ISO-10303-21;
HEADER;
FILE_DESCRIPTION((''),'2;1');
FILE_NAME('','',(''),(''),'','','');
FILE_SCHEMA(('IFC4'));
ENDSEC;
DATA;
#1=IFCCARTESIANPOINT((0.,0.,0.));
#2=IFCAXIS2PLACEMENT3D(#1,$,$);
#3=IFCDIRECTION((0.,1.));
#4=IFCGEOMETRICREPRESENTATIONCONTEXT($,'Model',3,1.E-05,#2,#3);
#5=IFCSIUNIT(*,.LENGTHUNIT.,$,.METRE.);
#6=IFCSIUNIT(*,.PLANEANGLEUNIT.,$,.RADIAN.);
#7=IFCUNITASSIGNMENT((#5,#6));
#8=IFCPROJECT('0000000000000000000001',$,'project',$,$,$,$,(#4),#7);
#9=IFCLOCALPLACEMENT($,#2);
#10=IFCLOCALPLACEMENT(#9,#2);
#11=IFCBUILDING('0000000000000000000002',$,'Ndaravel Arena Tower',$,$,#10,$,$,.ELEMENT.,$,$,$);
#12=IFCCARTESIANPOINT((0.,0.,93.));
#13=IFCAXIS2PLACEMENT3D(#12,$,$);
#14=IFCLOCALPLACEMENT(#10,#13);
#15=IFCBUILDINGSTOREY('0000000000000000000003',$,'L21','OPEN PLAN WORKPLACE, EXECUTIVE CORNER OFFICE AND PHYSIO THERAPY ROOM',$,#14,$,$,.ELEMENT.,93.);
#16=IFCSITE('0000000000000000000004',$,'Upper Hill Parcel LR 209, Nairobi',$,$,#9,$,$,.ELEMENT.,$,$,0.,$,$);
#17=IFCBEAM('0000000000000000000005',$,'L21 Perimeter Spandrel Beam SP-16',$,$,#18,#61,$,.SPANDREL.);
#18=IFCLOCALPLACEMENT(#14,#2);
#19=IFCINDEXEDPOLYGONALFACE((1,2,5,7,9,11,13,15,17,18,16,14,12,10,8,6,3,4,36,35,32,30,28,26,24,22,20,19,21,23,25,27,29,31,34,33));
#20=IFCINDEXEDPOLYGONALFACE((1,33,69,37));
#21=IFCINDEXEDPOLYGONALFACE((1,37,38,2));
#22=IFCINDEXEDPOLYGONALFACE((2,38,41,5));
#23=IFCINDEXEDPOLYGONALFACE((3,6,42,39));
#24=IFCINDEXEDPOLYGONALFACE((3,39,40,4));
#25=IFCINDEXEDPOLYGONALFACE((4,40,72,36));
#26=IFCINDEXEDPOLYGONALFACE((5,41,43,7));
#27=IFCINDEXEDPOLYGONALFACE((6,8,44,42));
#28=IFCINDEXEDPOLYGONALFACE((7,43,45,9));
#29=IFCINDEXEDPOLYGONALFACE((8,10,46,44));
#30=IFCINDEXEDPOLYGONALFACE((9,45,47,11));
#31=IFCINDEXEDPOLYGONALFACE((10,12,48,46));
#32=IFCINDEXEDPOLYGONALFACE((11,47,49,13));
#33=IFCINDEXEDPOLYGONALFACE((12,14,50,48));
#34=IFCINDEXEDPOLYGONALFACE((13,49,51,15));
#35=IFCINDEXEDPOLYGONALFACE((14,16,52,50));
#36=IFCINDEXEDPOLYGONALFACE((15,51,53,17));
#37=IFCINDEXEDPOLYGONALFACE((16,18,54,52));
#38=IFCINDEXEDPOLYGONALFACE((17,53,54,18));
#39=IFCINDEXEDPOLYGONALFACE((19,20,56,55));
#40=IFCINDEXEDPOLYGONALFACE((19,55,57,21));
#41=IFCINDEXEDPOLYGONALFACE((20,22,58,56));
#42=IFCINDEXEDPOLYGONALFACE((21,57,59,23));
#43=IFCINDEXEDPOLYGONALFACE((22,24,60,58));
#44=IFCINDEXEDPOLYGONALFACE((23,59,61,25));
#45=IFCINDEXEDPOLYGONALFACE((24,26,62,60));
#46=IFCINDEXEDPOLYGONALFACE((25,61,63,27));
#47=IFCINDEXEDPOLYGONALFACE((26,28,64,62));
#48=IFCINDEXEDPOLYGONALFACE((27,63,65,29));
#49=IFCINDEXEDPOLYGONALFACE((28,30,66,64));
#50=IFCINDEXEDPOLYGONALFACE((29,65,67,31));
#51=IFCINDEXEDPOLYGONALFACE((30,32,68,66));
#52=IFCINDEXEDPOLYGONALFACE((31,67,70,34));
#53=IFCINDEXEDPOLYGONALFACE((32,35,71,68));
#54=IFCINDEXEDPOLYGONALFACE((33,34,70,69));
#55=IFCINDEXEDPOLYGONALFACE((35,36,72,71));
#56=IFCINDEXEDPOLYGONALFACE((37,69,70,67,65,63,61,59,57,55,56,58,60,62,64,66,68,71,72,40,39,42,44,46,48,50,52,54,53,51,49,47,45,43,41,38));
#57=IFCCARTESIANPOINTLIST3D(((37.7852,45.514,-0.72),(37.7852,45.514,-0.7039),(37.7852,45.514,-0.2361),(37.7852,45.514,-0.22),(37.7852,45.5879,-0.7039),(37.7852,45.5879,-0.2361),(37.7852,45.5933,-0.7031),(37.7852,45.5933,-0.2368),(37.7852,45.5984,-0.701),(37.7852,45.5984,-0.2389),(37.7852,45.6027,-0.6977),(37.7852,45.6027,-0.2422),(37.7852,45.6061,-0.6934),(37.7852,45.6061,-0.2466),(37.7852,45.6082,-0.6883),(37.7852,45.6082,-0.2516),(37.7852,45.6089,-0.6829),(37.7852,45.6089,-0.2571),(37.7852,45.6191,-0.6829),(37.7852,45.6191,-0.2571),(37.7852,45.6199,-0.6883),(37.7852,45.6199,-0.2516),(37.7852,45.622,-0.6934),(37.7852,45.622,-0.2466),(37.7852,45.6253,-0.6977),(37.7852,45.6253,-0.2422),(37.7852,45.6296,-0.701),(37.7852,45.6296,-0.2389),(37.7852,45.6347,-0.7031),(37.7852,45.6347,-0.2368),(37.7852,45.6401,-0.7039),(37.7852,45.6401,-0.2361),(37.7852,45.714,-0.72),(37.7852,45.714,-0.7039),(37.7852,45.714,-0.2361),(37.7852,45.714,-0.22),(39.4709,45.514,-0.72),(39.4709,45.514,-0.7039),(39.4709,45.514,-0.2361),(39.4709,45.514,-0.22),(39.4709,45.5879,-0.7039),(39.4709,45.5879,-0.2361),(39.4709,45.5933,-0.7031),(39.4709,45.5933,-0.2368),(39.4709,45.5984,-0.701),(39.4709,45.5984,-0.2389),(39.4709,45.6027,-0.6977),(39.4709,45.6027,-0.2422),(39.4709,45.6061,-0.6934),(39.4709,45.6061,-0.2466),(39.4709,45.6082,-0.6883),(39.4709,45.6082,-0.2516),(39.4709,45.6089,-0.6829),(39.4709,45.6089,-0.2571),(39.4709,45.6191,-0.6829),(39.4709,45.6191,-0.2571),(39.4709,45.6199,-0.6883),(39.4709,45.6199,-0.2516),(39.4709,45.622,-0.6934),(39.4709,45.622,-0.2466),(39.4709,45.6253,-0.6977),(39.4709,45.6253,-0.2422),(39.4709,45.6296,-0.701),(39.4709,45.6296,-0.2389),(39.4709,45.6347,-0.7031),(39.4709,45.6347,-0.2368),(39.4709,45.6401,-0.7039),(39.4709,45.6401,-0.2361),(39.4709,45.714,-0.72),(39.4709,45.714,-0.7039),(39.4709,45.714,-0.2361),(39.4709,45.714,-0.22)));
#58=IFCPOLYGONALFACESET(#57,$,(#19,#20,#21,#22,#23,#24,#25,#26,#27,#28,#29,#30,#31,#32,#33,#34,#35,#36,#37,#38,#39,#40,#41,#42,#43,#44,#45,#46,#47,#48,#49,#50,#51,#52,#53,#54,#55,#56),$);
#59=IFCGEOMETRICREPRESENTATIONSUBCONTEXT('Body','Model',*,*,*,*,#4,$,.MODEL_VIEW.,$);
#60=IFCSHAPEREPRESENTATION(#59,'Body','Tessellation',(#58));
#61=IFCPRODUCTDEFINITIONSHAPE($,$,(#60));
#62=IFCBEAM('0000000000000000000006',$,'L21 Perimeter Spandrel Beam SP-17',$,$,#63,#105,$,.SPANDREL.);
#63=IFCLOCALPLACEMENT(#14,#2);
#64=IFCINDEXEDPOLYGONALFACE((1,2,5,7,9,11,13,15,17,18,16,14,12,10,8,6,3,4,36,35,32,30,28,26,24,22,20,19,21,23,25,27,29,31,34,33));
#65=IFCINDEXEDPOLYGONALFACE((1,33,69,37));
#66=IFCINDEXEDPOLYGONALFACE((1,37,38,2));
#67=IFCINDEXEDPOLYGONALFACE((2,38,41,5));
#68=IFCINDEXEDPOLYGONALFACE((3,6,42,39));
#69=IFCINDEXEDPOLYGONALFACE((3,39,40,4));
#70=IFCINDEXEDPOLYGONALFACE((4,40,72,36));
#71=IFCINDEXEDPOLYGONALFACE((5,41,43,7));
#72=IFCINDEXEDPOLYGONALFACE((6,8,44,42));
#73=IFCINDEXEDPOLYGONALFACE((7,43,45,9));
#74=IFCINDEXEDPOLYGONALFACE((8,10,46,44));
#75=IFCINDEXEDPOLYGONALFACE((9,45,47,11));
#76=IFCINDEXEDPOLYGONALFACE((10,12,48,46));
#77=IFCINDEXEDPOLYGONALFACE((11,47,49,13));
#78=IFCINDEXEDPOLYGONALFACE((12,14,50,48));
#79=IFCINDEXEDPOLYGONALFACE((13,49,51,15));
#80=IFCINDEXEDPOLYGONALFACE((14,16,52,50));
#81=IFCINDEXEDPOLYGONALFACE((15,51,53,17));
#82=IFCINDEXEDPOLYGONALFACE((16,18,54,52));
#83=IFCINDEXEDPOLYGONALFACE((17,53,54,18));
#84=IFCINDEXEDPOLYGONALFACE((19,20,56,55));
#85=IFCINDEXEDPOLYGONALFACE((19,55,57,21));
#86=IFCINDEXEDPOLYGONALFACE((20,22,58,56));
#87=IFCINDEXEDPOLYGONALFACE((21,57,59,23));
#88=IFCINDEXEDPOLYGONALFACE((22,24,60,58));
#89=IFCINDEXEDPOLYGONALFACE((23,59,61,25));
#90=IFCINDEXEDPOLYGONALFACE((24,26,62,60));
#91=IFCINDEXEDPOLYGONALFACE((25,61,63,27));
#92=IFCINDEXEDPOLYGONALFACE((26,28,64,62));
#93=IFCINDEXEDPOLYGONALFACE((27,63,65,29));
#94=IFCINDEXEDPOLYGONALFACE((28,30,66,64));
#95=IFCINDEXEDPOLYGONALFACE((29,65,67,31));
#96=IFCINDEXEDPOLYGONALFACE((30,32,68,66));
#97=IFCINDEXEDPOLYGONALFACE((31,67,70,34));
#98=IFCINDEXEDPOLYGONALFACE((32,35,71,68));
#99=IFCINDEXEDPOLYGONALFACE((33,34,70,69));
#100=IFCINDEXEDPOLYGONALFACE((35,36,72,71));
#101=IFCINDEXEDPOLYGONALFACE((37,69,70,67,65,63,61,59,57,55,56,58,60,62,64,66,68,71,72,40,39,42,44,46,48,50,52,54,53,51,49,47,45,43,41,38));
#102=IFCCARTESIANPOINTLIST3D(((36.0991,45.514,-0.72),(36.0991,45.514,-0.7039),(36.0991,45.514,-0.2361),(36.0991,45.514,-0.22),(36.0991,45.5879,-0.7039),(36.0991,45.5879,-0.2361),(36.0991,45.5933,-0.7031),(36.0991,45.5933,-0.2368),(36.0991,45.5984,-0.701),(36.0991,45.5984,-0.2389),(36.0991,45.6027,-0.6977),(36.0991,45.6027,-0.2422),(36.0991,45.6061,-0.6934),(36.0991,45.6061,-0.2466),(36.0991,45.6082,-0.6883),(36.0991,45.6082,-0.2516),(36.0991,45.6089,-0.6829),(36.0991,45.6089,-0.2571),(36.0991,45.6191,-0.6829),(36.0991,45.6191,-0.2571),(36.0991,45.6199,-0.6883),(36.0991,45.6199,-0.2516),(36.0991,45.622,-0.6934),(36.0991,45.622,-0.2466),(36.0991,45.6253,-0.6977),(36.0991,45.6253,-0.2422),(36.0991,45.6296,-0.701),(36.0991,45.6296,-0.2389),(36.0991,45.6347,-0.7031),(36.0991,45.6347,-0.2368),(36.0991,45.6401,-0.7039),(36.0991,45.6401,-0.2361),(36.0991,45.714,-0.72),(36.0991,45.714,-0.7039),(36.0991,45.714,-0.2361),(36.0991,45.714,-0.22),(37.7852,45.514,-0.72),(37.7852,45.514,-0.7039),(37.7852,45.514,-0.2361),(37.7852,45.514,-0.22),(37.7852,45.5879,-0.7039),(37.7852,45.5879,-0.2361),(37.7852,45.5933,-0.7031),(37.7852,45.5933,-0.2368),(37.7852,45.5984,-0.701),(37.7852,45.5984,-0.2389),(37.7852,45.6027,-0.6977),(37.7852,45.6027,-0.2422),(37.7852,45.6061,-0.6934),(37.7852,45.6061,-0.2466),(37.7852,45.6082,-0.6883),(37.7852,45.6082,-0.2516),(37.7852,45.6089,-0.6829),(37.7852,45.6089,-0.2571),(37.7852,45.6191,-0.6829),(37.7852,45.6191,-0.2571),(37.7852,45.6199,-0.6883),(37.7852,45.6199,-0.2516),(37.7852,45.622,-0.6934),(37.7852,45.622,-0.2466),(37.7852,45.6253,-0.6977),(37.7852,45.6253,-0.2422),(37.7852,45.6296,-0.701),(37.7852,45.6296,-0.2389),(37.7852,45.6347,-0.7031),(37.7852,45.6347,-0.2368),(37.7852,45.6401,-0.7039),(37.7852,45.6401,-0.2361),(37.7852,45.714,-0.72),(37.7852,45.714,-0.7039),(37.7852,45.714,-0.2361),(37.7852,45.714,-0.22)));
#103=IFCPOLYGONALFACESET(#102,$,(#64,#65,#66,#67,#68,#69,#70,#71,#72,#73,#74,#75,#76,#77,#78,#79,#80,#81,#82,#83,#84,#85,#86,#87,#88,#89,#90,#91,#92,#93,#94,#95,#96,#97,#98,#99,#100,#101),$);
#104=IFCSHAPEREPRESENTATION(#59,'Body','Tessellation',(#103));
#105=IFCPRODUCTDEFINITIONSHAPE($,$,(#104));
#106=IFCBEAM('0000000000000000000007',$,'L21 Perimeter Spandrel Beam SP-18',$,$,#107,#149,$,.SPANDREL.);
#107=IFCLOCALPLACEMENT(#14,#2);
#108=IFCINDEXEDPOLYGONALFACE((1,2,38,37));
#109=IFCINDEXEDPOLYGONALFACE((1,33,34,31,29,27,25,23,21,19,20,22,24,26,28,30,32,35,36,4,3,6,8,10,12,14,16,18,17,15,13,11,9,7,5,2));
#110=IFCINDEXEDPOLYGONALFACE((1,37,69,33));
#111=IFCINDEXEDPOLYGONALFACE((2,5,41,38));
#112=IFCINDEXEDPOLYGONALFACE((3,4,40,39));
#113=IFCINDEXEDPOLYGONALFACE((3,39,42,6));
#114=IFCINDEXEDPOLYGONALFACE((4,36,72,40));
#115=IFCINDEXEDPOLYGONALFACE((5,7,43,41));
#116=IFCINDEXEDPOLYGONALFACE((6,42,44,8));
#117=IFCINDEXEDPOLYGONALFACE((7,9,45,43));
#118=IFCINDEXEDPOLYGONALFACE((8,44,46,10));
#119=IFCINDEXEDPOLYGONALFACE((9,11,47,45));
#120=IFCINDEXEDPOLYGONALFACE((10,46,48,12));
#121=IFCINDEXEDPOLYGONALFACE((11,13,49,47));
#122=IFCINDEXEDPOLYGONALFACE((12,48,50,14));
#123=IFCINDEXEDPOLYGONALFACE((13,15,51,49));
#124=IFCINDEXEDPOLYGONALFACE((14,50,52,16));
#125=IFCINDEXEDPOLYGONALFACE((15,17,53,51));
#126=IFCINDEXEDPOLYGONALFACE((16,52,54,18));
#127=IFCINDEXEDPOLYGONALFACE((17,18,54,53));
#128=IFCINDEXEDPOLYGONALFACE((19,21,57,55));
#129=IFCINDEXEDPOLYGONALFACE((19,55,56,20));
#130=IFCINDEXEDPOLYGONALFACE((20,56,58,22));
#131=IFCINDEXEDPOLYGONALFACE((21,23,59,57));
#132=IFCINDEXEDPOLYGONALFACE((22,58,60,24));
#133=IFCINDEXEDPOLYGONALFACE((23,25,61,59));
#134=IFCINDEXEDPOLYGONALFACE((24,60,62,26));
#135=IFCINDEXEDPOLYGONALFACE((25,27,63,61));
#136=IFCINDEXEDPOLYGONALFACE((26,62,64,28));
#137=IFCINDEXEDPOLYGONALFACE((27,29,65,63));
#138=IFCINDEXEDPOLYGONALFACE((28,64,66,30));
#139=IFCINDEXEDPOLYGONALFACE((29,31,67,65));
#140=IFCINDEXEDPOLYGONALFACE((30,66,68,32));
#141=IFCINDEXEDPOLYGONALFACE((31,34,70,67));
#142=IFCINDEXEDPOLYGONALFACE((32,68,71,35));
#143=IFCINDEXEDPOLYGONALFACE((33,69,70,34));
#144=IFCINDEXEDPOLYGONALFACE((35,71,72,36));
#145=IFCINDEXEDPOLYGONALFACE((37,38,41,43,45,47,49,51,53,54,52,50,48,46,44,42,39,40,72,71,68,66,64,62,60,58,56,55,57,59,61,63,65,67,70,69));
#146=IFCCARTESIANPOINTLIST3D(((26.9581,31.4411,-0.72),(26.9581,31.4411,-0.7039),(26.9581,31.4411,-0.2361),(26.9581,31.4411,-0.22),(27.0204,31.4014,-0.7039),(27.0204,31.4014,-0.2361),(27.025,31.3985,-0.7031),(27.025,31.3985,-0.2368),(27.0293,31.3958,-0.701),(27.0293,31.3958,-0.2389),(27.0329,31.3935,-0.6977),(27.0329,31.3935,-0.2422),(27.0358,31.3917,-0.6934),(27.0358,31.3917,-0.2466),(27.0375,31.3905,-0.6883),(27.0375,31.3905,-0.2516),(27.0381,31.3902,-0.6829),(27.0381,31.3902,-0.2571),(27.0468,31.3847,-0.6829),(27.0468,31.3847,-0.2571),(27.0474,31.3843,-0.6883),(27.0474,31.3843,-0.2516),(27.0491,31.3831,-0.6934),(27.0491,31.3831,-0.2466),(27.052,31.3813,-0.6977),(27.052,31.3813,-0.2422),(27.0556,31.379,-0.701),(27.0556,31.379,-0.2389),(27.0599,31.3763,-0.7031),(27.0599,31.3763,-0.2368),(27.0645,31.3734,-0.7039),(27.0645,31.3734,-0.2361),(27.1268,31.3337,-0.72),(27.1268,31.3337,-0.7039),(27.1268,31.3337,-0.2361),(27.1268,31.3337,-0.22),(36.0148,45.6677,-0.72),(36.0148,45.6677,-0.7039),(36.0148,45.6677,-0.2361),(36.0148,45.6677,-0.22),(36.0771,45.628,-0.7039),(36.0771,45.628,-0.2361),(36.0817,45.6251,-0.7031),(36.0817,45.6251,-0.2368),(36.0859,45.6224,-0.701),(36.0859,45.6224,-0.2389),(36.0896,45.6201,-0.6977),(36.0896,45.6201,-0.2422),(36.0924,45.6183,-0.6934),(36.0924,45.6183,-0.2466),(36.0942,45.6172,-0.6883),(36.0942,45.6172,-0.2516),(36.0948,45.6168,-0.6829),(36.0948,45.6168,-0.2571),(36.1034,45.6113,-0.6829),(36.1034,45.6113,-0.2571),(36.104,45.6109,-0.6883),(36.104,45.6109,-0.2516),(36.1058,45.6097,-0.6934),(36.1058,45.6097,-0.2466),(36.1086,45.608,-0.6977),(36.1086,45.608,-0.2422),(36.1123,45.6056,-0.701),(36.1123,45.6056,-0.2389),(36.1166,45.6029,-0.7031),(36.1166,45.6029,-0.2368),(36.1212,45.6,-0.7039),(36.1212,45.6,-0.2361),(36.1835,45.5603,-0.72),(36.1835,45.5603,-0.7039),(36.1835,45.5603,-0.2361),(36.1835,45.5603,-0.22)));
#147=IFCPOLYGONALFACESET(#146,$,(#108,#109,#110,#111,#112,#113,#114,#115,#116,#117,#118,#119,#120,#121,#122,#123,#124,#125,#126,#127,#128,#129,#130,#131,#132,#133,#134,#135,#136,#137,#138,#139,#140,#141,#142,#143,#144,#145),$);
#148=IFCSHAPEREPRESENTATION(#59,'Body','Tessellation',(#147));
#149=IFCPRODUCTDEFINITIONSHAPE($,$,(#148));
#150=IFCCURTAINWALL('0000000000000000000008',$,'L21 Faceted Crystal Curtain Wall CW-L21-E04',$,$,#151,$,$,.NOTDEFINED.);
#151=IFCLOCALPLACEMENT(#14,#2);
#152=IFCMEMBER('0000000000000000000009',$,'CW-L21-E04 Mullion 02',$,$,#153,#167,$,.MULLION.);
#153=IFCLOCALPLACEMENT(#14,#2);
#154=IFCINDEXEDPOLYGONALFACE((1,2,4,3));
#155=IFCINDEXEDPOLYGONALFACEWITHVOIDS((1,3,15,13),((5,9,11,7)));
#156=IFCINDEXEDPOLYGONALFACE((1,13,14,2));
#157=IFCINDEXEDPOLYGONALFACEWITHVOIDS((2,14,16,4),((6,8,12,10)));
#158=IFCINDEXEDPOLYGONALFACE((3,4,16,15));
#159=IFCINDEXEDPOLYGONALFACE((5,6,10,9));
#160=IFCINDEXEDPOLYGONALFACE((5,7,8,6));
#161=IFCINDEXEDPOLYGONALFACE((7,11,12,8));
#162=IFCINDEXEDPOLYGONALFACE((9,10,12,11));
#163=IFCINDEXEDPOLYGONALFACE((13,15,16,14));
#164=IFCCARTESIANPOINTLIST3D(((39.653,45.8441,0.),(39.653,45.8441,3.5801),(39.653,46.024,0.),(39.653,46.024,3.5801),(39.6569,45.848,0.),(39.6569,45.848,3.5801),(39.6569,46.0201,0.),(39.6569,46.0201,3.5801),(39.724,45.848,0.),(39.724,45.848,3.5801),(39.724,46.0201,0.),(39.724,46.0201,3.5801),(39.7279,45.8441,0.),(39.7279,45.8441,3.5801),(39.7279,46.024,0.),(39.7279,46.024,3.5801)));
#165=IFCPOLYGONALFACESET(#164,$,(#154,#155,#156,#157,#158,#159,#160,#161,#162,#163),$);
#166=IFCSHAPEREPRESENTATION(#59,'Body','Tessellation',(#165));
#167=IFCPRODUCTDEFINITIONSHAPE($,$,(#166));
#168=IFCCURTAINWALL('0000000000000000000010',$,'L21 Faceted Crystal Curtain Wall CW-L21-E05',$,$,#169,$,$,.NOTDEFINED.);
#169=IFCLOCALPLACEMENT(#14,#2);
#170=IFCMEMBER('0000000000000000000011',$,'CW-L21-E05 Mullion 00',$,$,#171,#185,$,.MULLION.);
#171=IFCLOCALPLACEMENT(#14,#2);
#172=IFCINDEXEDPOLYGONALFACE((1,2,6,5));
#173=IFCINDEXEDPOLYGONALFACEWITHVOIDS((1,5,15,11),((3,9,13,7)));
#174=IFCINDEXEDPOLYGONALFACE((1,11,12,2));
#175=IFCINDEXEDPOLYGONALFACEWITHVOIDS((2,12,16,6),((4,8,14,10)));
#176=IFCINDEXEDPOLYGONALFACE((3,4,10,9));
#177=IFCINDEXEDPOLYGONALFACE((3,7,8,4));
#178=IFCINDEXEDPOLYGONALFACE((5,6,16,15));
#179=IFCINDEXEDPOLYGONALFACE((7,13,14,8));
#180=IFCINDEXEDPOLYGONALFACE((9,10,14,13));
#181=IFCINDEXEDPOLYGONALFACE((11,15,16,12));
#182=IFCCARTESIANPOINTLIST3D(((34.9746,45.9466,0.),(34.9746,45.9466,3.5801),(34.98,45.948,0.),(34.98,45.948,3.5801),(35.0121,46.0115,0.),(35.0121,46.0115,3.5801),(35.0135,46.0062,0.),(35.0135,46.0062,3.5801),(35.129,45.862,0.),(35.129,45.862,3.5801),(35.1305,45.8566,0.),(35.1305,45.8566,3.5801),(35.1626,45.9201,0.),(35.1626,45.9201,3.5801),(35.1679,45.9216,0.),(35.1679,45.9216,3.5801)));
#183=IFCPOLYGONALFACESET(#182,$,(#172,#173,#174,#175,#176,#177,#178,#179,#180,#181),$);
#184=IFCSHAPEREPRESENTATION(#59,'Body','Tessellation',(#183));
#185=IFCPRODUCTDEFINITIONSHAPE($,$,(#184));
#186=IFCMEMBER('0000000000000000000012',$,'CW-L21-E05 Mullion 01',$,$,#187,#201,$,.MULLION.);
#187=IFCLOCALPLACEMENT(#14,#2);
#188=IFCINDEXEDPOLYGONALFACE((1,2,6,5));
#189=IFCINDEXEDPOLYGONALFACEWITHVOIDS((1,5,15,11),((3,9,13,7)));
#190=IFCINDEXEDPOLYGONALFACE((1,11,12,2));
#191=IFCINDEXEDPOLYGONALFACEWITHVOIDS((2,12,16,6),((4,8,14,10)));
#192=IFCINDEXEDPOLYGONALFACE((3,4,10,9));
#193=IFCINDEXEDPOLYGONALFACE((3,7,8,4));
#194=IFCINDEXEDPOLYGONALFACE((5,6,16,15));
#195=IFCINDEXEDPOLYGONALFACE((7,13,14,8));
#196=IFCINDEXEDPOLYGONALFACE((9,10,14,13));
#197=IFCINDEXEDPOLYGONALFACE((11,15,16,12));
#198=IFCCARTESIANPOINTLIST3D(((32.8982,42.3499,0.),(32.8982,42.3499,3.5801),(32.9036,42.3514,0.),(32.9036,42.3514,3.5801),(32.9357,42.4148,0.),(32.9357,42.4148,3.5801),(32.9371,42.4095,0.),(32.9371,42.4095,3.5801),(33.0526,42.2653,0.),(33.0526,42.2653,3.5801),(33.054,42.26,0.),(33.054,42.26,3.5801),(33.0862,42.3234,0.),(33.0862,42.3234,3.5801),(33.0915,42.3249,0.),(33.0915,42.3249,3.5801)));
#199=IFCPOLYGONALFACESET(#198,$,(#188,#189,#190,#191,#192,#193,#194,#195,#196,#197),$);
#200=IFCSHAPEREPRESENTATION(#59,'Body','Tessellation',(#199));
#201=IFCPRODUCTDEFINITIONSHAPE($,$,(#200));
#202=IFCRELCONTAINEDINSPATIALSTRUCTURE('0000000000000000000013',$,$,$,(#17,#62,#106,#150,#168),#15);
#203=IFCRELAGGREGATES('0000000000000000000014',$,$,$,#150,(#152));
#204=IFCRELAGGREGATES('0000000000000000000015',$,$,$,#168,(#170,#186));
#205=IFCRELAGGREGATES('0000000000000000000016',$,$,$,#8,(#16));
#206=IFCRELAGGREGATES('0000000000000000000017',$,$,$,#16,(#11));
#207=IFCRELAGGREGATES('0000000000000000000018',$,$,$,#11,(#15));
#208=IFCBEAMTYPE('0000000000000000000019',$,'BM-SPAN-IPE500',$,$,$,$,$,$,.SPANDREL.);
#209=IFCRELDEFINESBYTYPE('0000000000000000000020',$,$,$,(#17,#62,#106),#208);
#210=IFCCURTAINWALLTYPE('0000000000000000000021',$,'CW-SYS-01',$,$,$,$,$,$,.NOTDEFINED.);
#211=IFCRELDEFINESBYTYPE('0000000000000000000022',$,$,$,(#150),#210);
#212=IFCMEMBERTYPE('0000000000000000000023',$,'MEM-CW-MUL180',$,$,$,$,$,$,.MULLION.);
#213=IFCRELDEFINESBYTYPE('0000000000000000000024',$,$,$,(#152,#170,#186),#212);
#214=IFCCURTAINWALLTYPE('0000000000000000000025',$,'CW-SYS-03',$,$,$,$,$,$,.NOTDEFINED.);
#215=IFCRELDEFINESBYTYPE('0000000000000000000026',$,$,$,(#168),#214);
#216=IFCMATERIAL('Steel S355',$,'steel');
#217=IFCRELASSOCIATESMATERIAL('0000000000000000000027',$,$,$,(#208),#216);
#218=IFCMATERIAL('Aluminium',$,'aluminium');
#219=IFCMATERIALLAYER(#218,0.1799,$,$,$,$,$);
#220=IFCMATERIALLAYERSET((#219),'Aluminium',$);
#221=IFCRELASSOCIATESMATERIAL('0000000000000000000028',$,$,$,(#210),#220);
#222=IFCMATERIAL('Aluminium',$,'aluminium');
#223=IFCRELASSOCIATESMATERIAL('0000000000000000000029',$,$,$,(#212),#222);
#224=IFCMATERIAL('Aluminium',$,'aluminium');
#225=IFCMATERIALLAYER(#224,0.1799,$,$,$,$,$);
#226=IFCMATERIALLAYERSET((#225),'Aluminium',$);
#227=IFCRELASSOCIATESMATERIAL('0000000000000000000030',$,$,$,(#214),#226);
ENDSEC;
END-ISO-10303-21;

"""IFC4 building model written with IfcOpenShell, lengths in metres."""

from ifc_helpers import new_model, si_unit, direction, frame, origin, origin_2d, place, context, subcontext, project, spatial, hollow_rectangle, i_section, extrude, material, layer, layer_set, material_profile, profile_set, type_object, element, aggregate, save


model = new_model("IFC4")

# Units and contexts
model_context = context("Model", 3, precision=1e-05, world=origin(), true_north=direction((0.0, 1.0)))
body_context = subcontext(model_context, "Body", "Model", "MODEL_VIEW")
ifc_project = project(units=[si_unit("LENGTHUNIT", "METRE"), si_unit("PLANEANGLEUNIT", "RADIAN")], contexts=[model_context])

# Site, building, storey
site_placement = place(None, origin())
site = spatial("IfcSite", under=ifc_project, at=site_placement, Name="Upper Hill Parcel LR 209, Nairobi", CompositionType="ELEMENT", RefElevation=0.0)
building_placement = place(site_placement, origin())
building = spatial("IfcBuilding", under=site, at=building_placement, Name="Ndaravel Arena Tower", CompositionType="ELEMENT")
storey_placement = place(building_placement, frame((0.0, 0.0, 93.0)))
storey = spatial("IfcBuildingStorey", under=building, at=storey_placement, Name="L21", Description="OPEN PLAN WORKPLACE, EXECUTIVE CORNER OFFICE AND PHYSIO THERAPY ROOM", CompositionType="ELEMENT", Elevation=93.0)

# Beams
ifc_material_1 = material(Name="Steel S355", Category="steel")
ifc_material_profile_1 = material_profile(ifc_material_1, i_section(OverallWidth=0.2, OverallDepth=0.5, WebThickness=0.0103, FlangeThickness=0.0161, FilletRadius=0.021, at=origin_2d()), Name="IPE 500")
ifc_profile_set_1 = profile_set([ifc_material_profile_1], Name="Steel S355")
beam_type_1 = type_object("IfcBeamType", Name="BM-SPAN-IPE500", PredefinedType="SPANDREL", material=ifc_profile_set_1)
beam_1_placement = place(storey_placement, frame((39.4709, 45.614, -0.47), z_axis=(-1.0, 0.0, 0.0), x_axis=(0.0, -1.0, 0.0)))
element("IfcBeam", 1, at=beam_1_placement, inside=storey, type_object=beam_type_1, Name="L21 Perimeter Spandrel Beam SP-16", PredefinedType="SPANDREL", context=body_context, shape_type="SweptSolid", body=[
    extrude(i_section(OverallWidth=0.2, OverallDepth=0.5, WebThickness=0.0103, FlangeThickness=0.0161, FilletRadius=0.021, at=origin_2d()), origin(), (0.0, 0.0, 1.0), 1.6858),
])
beam_2_placement = place(storey_placement, frame((37.7852, 45.614, -0.47), z_axis=(-1.0, 0.0, 0.0), x_axis=(0.0, -1.0, 0.0)))
element("IfcBeam", 2, at=beam_2_placement, inside=storey, type_object=beam_type_1, Name="L21 Perimeter Spandrel Beam SP-17", PredefinedType="SPANDREL", context=body_context, shape_type="SweptSolid", body=[
    extrude(i_section(OverallWidth=0.2, OverallDepth=0.5, WebThickness=0.0103, FlangeThickness=0.0161, FilletRadius=0.021, at=origin_2d()), origin(), (0.0, 0.0, 1.0), 1.686),
])
beam_3_placement = place(storey_placement, frame((36.0991, 45.614, -0.47), z_axis=(-0.537018, -0.843571, 0.0), x_axis=(0.843571, -0.537018, 0.0)))
element("IfcBeam", 3, at=beam_3_placement, inside=storey, type_object=beam_type_1, Name="L21 Perimeter Spandrel Beam SP-18", PredefinedType="SPANDREL", context=body_context, shape_type="SweptSolid", body=[
    extrude(i_section(OverallWidth=0.2, OverallDepth=0.5, WebThickness=0.0103, FlangeThickness=0.0161, FilletRadius=0.021, at=origin_2d()), origin(), (0.0, 0.0, 1.0), 16.8647),
])

# Curtain wall, member
ifc_material_2 = material(Name="Aluminium", Category="aluminium")
ifc_layer_1 = layer(ifc_material_2, 0.1799)
ifc_layer_set_1 = layer_set([ifc_layer_1], Name="Aluminium")
curtain_wall_type_1 = type_object("IfcCurtainWallType", Name="CW-SYS-01", PredefinedType="NOTDEFINED", material=ifc_layer_set_1)
curtain_wall_1_placement = place(storey_placement, origin())
curtain_wall_1 = element("IfcCurtainWall", 4, at=curtain_wall_1_placement, inside=storey, type_object=curtain_wall_type_1, Name="L21 Faceted Crystal Curtain Wall CW-L21-E04", PredefinedType="NOTDEFINED")
ifc_material_3 = material(Name="Aluminium", Category="aluminium")
ifc_material_profile_2 = material_profile(ifc_material_3, hollow_rectangle(XDim=0.075, YDim=0.1799, WallThickness=0.0039, at=origin_2d()), Name="CW MULLION 75x180x4")
ifc_profile_set_2 = profile_set([ifc_material_profile_2], Name="Aluminium")
member_type_1 = type_object("IfcMemberType", Name="MEM-CW-MUL180", PredefinedType="MULLION", material=ifc_profile_set_2)
member_1_placement = place(storey_placement, frame((39.6904, 45.9341, 0.0), z_axis=(0.0, 0.0, 1.0), x_axis=(-1.0, 0.0, 0.0)))
member_1 = element("IfcMember", 5, at=member_1_placement, type_object=member_type_1, Name="CW-L21-E04 Mullion 02", PredefinedType="MULLION", context=body_context, shape_type="SweptSolid", body=[
    extrude(hollow_rectangle(XDim=0.075, YDim=0.1799, WallThickness=0.0039, at=origin_2d()), origin(), (0.0, 0.0, 1.0), 3.5801),
])

# Curtain wall, members
ifc_material_4 = material(Name="Aluminium", Category="aluminium")
ifc_layer_2 = layer(ifc_material_4, 0.1799)
ifc_layer_set_2 = layer_set([ifc_layer_2], Name="Aluminium")
curtain_wall_type_2 = type_object("IfcCurtainWallType", Name="CW-SYS-03", PredefinedType="NOTDEFINED", material=ifc_layer_set_2)
curtain_wall_2_placement = place(storey_placement, origin())
curtain_wall_2 = element("IfcCurtainWall", 6, at=curtain_wall_2_placement, inside=storey, type_object=curtain_wall_type_2, Name="L21 Faceted Crystal Curtain Wall CW-L21-E05", PredefinedType="NOTDEFINED")
member_2_placement = place(storey_placement, frame((35.0713, 45.9341, 0.0), z_axis=(0.0, 0.0, 1.0), x_axis=(-0.5, -0.866025, 0.0)))
member_2 = element("IfcMember", 7, at=member_2_placement, type_object=member_type_1, Name="CW-L21-E05 Mullion 00", PredefinedType="MULLION", context=body_context, shape_type="SweptSolid", body=[
    extrude(hollow_rectangle(XDim=0.075, YDim=0.1799, WallThickness=0.0039, at=origin_2d()), origin(), (0.0, 0.0, 1.0), 3.5801),
])
member_3_placement = place(storey_placement, frame((32.9949, 42.3374, 0.0), z_axis=(0.0, 0.0, 1.0), x_axis=(-0.5, -0.866025, 0.0)))
member_3 = element("IfcMember", 8, at=member_3_placement, type_object=member_type_1, Name="CW-L21-E05 Mullion 01", PredefinedType="MULLION", context=body_context, shape_type="SweptSolid", body=[
    extrude(hollow_rectangle(XDim=0.075, YDim=0.1799, WallThickness=0.0039, at=origin_2d()), origin(), (0.0, 0.0, 1.0), 3.5801),
])

aggregate(curtain_wall_1, [member_1])
aggregate(curtain_wall_2, [member_2, member_3])

save(model, "model.ifc")
